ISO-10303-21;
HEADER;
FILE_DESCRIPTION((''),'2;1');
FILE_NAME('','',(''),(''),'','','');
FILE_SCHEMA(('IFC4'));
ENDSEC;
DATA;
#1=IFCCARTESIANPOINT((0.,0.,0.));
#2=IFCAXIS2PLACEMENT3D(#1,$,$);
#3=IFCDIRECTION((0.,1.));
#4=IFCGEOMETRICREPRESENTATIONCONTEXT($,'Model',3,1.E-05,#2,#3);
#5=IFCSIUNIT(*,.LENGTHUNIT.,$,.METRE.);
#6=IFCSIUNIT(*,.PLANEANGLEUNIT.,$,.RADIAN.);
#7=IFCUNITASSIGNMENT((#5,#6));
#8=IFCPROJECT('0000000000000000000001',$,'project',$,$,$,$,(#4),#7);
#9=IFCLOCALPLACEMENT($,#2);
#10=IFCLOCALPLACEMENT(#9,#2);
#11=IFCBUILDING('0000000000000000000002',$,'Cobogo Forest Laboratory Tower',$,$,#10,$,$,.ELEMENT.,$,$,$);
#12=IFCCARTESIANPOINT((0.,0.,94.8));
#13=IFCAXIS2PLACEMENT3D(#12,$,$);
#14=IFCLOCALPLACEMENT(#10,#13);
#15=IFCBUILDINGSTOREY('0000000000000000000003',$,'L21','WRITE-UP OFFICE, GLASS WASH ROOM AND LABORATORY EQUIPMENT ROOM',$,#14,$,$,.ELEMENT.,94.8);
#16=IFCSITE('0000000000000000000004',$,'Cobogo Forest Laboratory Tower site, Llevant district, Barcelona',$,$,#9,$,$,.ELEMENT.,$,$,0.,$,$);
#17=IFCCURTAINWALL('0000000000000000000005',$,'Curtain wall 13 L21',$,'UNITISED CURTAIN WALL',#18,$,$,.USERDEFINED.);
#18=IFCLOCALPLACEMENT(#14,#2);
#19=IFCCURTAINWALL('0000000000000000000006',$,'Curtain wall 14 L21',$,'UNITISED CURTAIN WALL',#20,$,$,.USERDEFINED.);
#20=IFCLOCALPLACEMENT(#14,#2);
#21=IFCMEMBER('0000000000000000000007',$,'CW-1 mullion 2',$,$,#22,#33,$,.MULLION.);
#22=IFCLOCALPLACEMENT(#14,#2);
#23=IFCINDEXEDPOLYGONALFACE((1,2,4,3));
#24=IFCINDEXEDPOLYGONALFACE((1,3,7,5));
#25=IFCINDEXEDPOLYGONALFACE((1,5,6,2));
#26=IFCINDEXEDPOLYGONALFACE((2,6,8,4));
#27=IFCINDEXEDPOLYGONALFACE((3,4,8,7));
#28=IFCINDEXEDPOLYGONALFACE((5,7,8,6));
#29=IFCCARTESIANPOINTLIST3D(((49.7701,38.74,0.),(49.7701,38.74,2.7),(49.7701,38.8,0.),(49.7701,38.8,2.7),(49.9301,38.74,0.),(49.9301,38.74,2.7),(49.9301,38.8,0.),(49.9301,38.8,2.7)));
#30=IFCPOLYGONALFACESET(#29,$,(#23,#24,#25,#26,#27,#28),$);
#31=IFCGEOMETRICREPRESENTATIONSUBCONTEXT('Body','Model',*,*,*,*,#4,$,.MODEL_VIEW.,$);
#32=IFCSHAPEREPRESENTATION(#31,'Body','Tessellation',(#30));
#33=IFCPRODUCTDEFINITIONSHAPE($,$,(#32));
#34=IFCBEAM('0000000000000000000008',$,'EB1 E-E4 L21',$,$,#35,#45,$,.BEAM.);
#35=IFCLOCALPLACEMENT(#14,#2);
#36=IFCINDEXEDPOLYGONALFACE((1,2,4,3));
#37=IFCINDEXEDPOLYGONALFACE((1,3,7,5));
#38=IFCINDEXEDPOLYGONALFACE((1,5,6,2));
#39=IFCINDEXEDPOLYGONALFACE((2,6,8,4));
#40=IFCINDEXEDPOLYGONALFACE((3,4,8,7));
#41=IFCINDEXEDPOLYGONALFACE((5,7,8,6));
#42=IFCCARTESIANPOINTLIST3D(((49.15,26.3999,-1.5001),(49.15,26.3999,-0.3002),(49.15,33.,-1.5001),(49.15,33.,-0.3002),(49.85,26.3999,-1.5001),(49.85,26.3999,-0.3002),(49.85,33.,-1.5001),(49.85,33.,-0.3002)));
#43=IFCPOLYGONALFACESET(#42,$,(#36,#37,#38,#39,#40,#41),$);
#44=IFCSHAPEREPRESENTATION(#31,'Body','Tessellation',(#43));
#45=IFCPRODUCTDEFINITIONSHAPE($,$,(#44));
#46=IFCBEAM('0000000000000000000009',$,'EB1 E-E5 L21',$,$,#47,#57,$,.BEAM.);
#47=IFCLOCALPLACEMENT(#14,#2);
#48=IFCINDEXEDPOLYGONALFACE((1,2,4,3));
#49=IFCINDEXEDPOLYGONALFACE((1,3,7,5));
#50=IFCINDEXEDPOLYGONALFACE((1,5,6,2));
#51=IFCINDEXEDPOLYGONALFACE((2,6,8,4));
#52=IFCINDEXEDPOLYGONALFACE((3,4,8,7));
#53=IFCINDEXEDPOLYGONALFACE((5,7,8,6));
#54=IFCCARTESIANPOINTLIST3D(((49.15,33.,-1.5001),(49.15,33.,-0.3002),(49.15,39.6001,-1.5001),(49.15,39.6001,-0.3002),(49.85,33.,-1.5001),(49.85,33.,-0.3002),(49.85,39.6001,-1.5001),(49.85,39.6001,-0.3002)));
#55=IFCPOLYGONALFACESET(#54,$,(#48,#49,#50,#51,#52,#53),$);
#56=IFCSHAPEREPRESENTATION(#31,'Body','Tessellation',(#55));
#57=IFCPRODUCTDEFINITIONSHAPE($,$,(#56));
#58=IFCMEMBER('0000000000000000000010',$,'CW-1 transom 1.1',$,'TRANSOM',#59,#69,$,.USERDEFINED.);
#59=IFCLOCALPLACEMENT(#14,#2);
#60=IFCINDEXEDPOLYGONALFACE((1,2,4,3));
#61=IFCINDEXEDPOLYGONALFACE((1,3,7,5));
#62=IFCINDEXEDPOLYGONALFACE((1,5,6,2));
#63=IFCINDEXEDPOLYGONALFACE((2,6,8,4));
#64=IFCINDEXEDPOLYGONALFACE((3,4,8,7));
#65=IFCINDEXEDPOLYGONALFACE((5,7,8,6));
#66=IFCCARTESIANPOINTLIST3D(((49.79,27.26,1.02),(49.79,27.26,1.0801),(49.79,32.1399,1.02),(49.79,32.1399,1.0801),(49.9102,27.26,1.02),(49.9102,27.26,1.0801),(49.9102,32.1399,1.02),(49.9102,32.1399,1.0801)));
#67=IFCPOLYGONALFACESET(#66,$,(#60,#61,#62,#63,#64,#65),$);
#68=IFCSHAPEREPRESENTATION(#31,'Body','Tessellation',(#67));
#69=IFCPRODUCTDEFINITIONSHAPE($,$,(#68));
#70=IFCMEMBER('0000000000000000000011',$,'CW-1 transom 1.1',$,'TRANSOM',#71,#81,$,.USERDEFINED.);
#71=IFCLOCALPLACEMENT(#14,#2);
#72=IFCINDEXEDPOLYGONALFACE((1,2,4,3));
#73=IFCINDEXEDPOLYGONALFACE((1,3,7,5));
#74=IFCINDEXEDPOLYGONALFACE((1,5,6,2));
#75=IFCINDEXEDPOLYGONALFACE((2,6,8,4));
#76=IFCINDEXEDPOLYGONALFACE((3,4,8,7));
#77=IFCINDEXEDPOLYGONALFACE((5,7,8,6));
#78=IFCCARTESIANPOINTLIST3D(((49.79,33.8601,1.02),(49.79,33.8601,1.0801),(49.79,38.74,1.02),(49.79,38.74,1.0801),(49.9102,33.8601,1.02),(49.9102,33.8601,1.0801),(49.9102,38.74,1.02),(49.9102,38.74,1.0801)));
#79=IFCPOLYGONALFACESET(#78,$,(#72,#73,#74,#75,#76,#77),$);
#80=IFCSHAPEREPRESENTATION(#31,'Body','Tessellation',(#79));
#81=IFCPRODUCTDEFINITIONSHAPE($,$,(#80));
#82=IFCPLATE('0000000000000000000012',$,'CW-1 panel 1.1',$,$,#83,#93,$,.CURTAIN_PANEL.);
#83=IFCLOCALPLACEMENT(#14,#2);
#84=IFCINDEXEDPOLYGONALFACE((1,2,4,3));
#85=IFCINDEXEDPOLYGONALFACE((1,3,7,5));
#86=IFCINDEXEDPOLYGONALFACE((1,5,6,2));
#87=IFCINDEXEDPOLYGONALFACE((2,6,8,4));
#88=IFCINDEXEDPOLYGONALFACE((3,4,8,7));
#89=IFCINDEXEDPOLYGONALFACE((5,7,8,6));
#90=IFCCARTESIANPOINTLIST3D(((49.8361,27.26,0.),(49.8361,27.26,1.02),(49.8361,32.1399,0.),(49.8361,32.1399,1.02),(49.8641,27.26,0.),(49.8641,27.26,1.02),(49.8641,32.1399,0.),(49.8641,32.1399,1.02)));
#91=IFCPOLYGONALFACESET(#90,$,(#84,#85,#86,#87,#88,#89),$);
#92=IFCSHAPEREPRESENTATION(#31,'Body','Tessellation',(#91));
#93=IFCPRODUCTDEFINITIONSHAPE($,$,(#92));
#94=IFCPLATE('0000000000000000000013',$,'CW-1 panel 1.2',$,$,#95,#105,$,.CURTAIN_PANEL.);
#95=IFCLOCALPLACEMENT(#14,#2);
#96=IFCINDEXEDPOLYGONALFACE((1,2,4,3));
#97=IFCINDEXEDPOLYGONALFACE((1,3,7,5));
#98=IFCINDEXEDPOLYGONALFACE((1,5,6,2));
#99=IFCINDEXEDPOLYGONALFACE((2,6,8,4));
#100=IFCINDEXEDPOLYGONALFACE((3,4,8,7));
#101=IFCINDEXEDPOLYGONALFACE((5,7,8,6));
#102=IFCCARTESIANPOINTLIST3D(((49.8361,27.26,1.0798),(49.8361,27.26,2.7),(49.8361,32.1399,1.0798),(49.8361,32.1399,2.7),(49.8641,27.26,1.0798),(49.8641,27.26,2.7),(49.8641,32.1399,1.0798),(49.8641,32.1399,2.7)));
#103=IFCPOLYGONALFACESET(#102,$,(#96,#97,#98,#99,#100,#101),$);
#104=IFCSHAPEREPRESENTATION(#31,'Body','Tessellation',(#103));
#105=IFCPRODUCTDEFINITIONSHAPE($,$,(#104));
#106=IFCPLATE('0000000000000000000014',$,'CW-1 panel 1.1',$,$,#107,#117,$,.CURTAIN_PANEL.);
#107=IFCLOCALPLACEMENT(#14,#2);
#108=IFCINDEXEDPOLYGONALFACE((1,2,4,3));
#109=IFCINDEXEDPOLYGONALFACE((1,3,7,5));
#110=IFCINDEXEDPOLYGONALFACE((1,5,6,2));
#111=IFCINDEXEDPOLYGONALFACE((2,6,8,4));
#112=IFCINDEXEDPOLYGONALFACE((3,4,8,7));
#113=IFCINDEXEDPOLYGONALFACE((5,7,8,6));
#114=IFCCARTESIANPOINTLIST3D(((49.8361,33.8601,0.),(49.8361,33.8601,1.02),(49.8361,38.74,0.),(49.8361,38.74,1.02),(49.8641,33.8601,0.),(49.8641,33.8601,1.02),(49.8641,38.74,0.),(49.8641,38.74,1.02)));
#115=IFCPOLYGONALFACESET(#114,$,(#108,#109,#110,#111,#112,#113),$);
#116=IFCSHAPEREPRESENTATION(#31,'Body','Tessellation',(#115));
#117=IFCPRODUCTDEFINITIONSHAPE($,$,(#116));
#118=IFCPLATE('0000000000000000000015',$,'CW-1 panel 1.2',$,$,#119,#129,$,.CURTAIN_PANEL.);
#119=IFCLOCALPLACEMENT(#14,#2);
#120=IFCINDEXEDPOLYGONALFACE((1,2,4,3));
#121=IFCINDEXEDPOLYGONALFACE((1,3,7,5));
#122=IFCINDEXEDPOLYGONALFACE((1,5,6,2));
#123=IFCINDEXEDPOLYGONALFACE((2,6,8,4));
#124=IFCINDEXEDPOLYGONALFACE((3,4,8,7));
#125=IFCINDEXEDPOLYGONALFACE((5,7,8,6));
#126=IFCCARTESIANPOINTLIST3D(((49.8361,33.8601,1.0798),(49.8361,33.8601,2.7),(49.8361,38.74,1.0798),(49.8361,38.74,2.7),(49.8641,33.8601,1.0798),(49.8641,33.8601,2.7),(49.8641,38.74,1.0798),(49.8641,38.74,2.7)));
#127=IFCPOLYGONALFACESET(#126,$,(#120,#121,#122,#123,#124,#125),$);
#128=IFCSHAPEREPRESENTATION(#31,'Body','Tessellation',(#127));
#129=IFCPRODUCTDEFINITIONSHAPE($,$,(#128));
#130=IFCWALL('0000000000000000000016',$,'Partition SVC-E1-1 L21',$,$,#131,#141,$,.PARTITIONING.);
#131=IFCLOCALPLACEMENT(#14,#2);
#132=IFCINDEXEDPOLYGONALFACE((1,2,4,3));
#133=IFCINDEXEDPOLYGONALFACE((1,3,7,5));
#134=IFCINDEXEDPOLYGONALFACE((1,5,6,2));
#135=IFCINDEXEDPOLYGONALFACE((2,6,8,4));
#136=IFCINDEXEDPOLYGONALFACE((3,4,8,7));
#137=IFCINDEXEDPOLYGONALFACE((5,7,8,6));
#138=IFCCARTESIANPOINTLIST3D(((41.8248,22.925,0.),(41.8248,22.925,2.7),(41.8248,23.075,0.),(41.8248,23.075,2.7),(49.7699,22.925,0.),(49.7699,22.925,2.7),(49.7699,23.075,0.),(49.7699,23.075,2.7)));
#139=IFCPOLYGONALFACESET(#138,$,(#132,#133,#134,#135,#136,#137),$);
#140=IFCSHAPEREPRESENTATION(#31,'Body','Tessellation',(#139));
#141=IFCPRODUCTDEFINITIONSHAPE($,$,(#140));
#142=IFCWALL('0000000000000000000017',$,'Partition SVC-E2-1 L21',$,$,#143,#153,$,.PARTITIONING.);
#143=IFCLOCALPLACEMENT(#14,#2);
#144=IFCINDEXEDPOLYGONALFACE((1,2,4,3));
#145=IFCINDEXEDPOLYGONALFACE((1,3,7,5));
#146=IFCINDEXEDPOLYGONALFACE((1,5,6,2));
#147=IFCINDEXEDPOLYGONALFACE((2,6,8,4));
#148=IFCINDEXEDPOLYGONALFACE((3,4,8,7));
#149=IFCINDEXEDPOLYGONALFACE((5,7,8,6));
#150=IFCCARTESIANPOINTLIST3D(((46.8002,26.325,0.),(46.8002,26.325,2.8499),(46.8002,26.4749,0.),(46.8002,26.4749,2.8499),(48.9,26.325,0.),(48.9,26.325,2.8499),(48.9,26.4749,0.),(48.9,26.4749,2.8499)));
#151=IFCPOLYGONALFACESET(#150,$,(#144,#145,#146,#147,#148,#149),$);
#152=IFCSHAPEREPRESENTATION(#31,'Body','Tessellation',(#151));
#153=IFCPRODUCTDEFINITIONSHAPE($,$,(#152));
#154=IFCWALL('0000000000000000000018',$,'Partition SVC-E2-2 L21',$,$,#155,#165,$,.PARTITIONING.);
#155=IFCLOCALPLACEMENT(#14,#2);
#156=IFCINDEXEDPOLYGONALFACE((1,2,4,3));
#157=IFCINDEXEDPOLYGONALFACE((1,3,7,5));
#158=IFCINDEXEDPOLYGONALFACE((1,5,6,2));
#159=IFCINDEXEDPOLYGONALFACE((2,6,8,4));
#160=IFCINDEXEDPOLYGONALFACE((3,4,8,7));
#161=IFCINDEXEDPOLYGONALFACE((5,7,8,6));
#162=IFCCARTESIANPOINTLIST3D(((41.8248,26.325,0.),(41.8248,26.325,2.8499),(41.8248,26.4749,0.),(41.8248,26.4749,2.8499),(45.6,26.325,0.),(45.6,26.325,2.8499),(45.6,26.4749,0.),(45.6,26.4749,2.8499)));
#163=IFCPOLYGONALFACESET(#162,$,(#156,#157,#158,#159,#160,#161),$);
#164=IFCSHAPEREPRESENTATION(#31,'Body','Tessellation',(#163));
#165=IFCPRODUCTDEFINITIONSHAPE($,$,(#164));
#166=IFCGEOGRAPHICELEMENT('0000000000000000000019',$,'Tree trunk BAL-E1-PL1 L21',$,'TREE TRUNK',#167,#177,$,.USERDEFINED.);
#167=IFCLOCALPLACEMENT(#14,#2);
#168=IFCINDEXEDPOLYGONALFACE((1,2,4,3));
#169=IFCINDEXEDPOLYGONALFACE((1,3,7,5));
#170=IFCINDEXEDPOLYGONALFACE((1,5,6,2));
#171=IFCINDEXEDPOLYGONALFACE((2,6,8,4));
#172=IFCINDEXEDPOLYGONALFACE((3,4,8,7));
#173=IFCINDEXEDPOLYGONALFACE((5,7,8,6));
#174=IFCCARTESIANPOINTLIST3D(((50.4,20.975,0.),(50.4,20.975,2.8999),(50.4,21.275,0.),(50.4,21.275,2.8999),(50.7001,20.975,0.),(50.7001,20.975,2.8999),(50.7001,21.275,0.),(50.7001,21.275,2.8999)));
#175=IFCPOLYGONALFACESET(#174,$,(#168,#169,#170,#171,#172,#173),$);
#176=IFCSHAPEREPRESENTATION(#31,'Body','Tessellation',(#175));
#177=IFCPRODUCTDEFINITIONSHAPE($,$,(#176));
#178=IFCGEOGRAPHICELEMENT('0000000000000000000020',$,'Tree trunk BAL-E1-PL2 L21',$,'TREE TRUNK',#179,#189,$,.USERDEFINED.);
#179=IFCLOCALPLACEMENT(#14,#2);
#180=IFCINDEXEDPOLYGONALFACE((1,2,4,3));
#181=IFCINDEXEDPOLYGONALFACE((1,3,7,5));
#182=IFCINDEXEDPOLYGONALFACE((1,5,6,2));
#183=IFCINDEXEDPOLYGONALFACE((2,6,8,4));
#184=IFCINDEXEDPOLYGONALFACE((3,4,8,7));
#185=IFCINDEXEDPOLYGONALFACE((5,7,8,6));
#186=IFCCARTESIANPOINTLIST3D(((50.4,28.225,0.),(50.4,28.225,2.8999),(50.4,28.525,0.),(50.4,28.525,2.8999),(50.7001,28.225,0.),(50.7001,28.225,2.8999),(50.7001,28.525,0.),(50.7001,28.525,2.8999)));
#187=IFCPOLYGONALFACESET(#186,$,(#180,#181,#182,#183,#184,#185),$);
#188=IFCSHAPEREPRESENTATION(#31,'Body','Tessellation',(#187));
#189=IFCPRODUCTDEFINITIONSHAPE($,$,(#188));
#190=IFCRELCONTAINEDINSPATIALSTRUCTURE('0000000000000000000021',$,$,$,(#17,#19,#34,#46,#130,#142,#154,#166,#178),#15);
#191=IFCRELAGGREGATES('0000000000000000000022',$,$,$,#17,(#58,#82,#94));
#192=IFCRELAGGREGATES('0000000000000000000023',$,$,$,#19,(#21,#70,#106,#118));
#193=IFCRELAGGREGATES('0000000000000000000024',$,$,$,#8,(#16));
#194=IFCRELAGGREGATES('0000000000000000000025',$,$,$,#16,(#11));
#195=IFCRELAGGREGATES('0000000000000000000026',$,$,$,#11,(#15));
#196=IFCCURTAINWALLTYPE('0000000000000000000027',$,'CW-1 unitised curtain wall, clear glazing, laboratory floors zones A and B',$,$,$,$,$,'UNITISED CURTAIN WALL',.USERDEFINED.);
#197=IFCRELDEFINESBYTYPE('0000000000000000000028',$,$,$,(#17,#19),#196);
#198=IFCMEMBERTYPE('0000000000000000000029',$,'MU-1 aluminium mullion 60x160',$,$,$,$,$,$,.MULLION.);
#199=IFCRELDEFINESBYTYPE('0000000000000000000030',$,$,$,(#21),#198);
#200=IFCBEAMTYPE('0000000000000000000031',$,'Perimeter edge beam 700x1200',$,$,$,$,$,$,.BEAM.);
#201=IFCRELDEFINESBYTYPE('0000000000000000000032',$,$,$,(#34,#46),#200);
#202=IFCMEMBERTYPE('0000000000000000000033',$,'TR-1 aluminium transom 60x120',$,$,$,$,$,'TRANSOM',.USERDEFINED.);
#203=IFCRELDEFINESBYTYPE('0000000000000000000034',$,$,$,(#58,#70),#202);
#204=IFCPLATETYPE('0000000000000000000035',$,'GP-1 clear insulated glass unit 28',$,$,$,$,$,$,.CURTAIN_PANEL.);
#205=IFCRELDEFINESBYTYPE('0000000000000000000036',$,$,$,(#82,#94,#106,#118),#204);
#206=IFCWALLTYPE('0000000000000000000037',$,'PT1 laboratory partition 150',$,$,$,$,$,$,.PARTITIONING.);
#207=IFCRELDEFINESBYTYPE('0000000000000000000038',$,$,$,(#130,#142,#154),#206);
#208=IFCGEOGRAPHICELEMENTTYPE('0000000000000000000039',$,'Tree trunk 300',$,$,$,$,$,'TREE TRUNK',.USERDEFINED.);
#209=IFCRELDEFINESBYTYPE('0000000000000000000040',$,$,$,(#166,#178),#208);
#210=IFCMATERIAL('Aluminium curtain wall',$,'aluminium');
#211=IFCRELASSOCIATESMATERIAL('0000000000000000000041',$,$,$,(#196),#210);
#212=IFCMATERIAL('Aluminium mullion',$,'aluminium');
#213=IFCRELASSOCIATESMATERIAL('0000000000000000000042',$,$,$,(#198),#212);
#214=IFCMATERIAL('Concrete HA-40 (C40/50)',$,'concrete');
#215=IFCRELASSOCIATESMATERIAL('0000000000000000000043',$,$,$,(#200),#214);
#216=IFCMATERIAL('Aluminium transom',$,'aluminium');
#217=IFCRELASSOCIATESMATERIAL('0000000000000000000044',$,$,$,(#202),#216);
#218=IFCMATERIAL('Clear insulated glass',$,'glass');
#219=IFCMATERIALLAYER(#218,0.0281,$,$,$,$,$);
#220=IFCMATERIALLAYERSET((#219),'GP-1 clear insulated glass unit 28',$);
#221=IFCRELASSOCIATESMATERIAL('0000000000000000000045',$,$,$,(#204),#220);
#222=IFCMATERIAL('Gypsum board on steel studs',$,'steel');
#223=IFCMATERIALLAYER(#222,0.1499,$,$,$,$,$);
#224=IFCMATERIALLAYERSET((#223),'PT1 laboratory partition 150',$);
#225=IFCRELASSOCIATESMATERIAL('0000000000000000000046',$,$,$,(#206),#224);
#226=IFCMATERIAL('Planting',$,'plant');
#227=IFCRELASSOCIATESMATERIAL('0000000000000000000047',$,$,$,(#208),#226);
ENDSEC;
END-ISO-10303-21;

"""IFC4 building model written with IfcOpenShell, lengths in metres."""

from ifc_helpers import new_model, si_unit, direction, frame, frame_2d, origin, origin_2d, place, context, subcontext, project, spatial, rectangle, extrude, material, layer, layer_set, material_profile, profile_set, type_object, element, aggregate, save


model = new_model("IFC4")

# Units and contexts
model_context = context("Model", 3, precision=1e-05, world=origin(), true_north=direction((0.0, 1.0)))
body_context = subcontext(model_context, "Body", "Model", "MODEL_VIEW")
ifc_project = project(units=[si_unit("LENGTHUNIT", "METRE"), si_unit("PLANEANGLEUNIT", "RADIAN")], contexts=[model_context])

# Site, building, storey
site_placement = place(None, origin())
site = spatial("IfcSite", under=ifc_project, at=site_placement, Name="Cobogo Forest Laboratory Tower site, Llevant district, Barcelona", CompositionType="ELEMENT", RefElevation=0.0)
building_placement = place(site_placement, origin())
building = spatial("IfcBuilding", under=site, at=building_placement, Name="Cobogo Forest Laboratory Tower", CompositionType="ELEMENT")
storey_placement = place(building_placement, frame((0.0, 0.0, 94.8)))
storey = spatial("IfcBuildingStorey", under=building, at=storey_placement, Name="L21", Description="WRITE-UP OFFICE, GLASS WASH ROOM AND LABORATORY EQUIPMENT ROOM", CompositionType="ELEMENT", Elevation=94.8)

# Shared definitions
ifc_material_1 = material(Name="Concrete HA-40 (C40/50)", Category="concrete")

# Curtain walls, member
ifc_material_2 = material(Name="Aluminium curtain wall", Category="aluminium")
curtain_wall_type = type_object("IfcCurtainWallType", Name="CW-1 unitised curtain wall, clear glazing, laboratory floors zones A and B", ElementType="UNITISED CURTAIN WALL", PredefinedType="USERDEFINED", material=ifc_material_2)
curtain_wall_1_placement = place(storey_placement, origin())
curtain_wall_1 = element("IfcCurtainWall", 1, at=curtain_wall_1_placement, inside=storey, type_object=curtain_wall_type, Name="Curtain wall 13 L21", ObjectType="UNITISED CURTAIN WALL", PredefinedType="USERDEFINED")
ifc_material_3 = material(Name="Aluminium mullion", Category="aluminium")
ifc_material_profile_1 = material_profile(ifc_material_3, rectangle(XDim=0.0601, YDim=0.1599, at=origin_2d()), Name="AL 60x160")
ifc_profile_set_1 = profile_set([ifc_material_profile_1], Name="Aluminium mullion")
member_type_1 = type_object("IfcMemberType", Name="MU-1 aluminium mullion 60x160", PredefinedType="MULLION", material=ifc_profile_set_1)
curtain_wall_2_placement = place(storey_placement, origin())
curtain_wall_2 = element("IfcCurtainWall", 2, at=curtain_wall_2_placement, inside=storey, type_object=curtain_wall_type, Name="Curtain wall 14 L21", ObjectType="UNITISED CURTAIN WALL", PredefinedType="USERDEFINED")
member_1_placement = place(storey_placement, frame((49.8501, 38.77, 0.0), z_axis=(0.0, 0.0, 1.0), x_axis=(0.0, 1.0, 0.0)))
member_1 = element("IfcMember", 3, at=member_1_placement, type_object=member_type_1, Name="CW-1 mullion 2", PredefinedType="MULLION", context=body_context, shape_type="SweptSolid", body=[
    extrude(rectangle(XDim=0.0601, YDim=0.1599, at=origin_2d()), origin(), (0.0, 0.0, 1.0), 2.7),
])

# Beams
ifc_material_profile_2 = material_profile(ifc_material_1, rectangle(XDim=0.7, YDim=1.2, at=origin_2d()), Name="RC 700x1200")
ifc_profile_set_2 = profile_set([ifc_material_profile_2], Name="Concrete HA-40 (C40/50)")
beam_type_1 = type_object("IfcBeamType", Name="Perimeter edge beam 700x1200", PredefinedType="BEAM", material=ifc_profile_set_2)
for number, where, z_axis, x_axis, name in (
    (4, (49.5, 26.3999, -0.9001), (0.0, 1.0, 0.0), (-1.0, 0.0, 0.0), "EB1 E-E4 L21"),
    (5, (49.5, 33.0, -0.9001), (0.0, 1.0, 0.0), (-1.0, 0.0, 0.0), "EB1 E-E5 L21"),
):
    element("IfcBeam", number, at=place(storey_placement, frame(where, z_axis=z_axis, x_axis=x_axis)), inside=storey, type_object=beam_type_1, Name=name, PredefinedType="BEAM", context=body_context, shape_type="SweptSolid", body=[
        extrude(rectangle(XDim=0.7, YDim=1.2, at=origin_2d()), origin(), (0.0, 0.0, 1.0), 6.6001),
    ])

# Members
ifc_material_4 = material(Name="Aluminium transom", Category="aluminium")
ifc_material_profile_3 = material_profile(ifc_material_4, rectangle(XDim=0.1201, YDim=0.0601, at=origin_2d()), Name="AL 60x120")
ifc_profile_set_3 = profile_set([ifc_material_profile_3], Name="Aluminium transom")
member_type_2 = type_object("IfcMemberType", Name="TR-1 aluminium transom 60x120", ElementType="TRANSOM", PredefinedType="USERDEFINED", material=ifc_profile_set_3)
member_2_placement = place(storey_placement, frame((49.8501, 27.26, 1.05), z_axis=(0.0, 1.0, 0.0), x_axis=(-1.0, 0.0, 0.0)))
member_2 = element("IfcMember", 6, at=member_2_placement, type_object=member_type_2, Name="CW-1 transom 1.1", ObjectType="TRANSOM", PredefinedType="USERDEFINED", context=body_context, shape_type="SweptSolid", body=[
    extrude(rectangle(XDim=0.1201, YDim=0.0601, at=origin_2d()), origin(), (0.0, 0.0, 1.0), 4.8799),
])
member_3_placement = place(storey_placement, frame((49.8501, 33.8601, 1.05), z_axis=(0.0, 1.0, 0.0), x_axis=(-1.0, 0.0, 0.0)))
member_3 = element("IfcMember", 7, at=member_3_placement, type_object=member_type_2, Name="CW-1 transom 1.1", ObjectType="TRANSOM", PredefinedType="USERDEFINED", context=body_context, shape_type="SweptSolid", body=[
    extrude(rectangle(XDim=0.1201, YDim=0.0601, at=origin_2d()), origin(), (0.0, 0.0, 1.0), 4.8799),
])

# Plates
ifc_material_5 = material(Name="Clear insulated glass", Category="glass")
ifc_layer_1 = layer(ifc_material_5, 0.0281)
ifc_layer_set_1 = layer_set([ifc_layer_1], Name="GP-1 clear insulated glass unit 28")
plate_type_1 = type_object("IfcPlateType", Name="GP-1 clear insulated glass unit 28", PredefinedType="CURTAIN_PANEL", material=ifc_layer_set_1)
plate_1_placement = place(storey_placement, frame((49.8501, 29.7, 0.0), z_axis=(0.0, 0.0, 1.0), x_axis=(0.0, 1.0, 0.0)))
plate_1 = element("IfcPlate", 8, at=plate_1_placement, type_object=plate_type_1, Name="CW-1 panel 1.1", PredefinedType="CURTAIN_PANEL", context=body_context, shape_type="SweptSolid", body=[
    extrude(rectangle(XDim=4.8799, YDim=0.0281, at=origin_2d()), origin(), (0.0, 0.0, 1.0), 1.02),
])
plate_2_placement = place(storey_placement, frame((49.8501, 29.7, 1.0798), z_axis=(0.0, 0.0, 1.0), x_axis=(0.0, 1.0, 0.0)))
plate_2 = element("IfcPlate", 9, at=plate_2_placement, type_object=plate_type_1, Name="CW-1 panel 1.2", PredefinedType="CURTAIN_PANEL", context=body_context, shape_type="SweptSolid", body=[
    extrude(rectangle(XDim=4.8799, YDim=0.0281, at=origin_2d()), origin(), (0.0, 0.0, 1.0), 1.6201),
])
aggregate(curtain_wall_1, [member_2, plate_1, plate_2])
plate_3_placement = place(storey_placement, frame((49.8501, 36.3, 0.0), z_axis=(0.0, 0.0, 1.0), x_axis=(0.0, 1.0, 0.0)))
plate_3 = element("IfcPlate", 10, at=plate_3_placement, type_object=plate_type_1, Name="CW-1 panel 1.1", PredefinedType="CURTAIN_PANEL", context=body_context, shape_type="SweptSolid", body=[
    extrude(rectangle(XDim=4.8799, YDim=0.0281, at=origin_2d()), origin(), (0.0, 0.0, 1.0), 1.02),
])
plate_4_placement = place(storey_placement, frame((49.8501, 36.3, 1.0798), z_axis=(0.0, 0.0, 1.0), x_axis=(0.0, 1.0, 0.0)))
plate_4 = element("IfcPlate", 11, at=plate_4_placement, type_object=plate_type_1, Name="CW-1 panel 1.2", PredefinedType="CURTAIN_PANEL", context=body_context, shape_type="SweptSolid", body=[
    extrude(rectangle(XDim=4.8799, YDim=0.0281, at=origin_2d()), origin(), (0.0, 0.0, 1.0), 1.6201),
])
aggregate(curtain_wall_2, [member_1, member_3, plate_3, plate_4])

# Walls
ifc_material_6 = material(Name="Gypsum board on steel studs", Category="steel")
ifc_layer_2 = layer(ifc_material_6, 0.1499)
ifc_layer_set_2 = layer_set([ifc_layer_2], Name="PT1 laboratory partition 150")
wall_type_1 = type_object("IfcWallType", Name="PT1 laboratory partition 150", PredefinedType="PARTITIONING", material=ifc_layer_set_2)
wall_1_placement = place(storey_placement, frame((49.77, 23.0, 0.0), z_axis=(0.0, 0.0, 1.0), x_axis=(-1.0, 0.0, 0.0)))
element("IfcWall", 12, at=wall_1_placement, inside=storey, type_object=wall_type_1, Name="Partition SVC-E1-1 L21", PredefinedType="PARTITIONING", context=body_context, shape_type="SweptSolid", body=[
    extrude(rectangle(XDim=7.9451, YDim=0.1499, at=frame_2d((3.9727, 0.0))), origin(), (0.0, 0.0, 1.0), 2.7),
])
wall_2_placement = place(storey_placement, frame((48.8999, 26.3999, 0.0), z_axis=(0.0, 0.0, 1.0), x_axis=(-1.0, 0.0, 0.0)))
element("IfcWall", 13, at=wall_2_placement, inside=storey, type_object=wall_type_1, Name="Partition SVC-E2-1 L21", PredefinedType="PARTITIONING", context=body_context, shape_type="SweptSolid", body=[
    extrude(rectangle(XDim=2.0999, YDim=0.1499, at=frame_2d((1.0498, 0.0))), origin(), (0.0, 0.0, 1.0), 2.8499),
])
wall_3_placement = place(storey_placement, frame((45.6001, 26.3999, 0.0), z_axis=(0.0, 0.0, 1.0), x_axis=(-1.0, 0.0, 0.0)))
element("IfcWall", 14, at=wall_3_placement, inside=storey, type_object=wall_type_1, Name="Partition SVC-E2-2 L21", PredefinedType="PARTITIONING", context=body_context, shape_type="SweptSolid", body=[
    extrude(rectangle(XDim=3.7751, YDim=0.1499, at=frame_2d((1.8877, 0.0))), origin(), (0.0, 0.0, 1.0), 2.8499),
])

# Geographic elements
ifc_material_7 = material(Name="Planting", Category="plant")
geographic_element_type = type_object("IfcGeographicElementType", Name="Tree trunk 300", ElementType="TREE TRUNK", PredefinedType="USERDEFINED", material=ifc_material_7)
for number, where, z_axis, x_axis, name in (
    (15, (50.55, 21.125, 0.0), (0.0, 0.0, 1.0), (1.0, 0.0, 0.0), "Tree trunk BAL-E1-PL1 L21"),
    (16, (50.55, 28.375, 0.0), (0.0, 0.0, 1.0), (1.0, 0.0, 0.0), "Tree trunk BAL-E1-PL2 L21"),
):
    element("IfcGeographicElement", number, at=place(storey_placement, frame(where, z_axis=z_axis, x_axis=x_axis)), inside=storey, type_object=geographic_element_type, Name=name, ObjectType="TREE TRUNK", PredefinedType="USERDEFINED", context=body_context, shape_type="SweptSolid", body=[
        extrude(rectangle(XDim=0.3, YDim=0.3, at=origin_2d()), origin(), (0.0, 0.0, 1.0), 2.8999),
    ])

save(model, "model.ifc")
